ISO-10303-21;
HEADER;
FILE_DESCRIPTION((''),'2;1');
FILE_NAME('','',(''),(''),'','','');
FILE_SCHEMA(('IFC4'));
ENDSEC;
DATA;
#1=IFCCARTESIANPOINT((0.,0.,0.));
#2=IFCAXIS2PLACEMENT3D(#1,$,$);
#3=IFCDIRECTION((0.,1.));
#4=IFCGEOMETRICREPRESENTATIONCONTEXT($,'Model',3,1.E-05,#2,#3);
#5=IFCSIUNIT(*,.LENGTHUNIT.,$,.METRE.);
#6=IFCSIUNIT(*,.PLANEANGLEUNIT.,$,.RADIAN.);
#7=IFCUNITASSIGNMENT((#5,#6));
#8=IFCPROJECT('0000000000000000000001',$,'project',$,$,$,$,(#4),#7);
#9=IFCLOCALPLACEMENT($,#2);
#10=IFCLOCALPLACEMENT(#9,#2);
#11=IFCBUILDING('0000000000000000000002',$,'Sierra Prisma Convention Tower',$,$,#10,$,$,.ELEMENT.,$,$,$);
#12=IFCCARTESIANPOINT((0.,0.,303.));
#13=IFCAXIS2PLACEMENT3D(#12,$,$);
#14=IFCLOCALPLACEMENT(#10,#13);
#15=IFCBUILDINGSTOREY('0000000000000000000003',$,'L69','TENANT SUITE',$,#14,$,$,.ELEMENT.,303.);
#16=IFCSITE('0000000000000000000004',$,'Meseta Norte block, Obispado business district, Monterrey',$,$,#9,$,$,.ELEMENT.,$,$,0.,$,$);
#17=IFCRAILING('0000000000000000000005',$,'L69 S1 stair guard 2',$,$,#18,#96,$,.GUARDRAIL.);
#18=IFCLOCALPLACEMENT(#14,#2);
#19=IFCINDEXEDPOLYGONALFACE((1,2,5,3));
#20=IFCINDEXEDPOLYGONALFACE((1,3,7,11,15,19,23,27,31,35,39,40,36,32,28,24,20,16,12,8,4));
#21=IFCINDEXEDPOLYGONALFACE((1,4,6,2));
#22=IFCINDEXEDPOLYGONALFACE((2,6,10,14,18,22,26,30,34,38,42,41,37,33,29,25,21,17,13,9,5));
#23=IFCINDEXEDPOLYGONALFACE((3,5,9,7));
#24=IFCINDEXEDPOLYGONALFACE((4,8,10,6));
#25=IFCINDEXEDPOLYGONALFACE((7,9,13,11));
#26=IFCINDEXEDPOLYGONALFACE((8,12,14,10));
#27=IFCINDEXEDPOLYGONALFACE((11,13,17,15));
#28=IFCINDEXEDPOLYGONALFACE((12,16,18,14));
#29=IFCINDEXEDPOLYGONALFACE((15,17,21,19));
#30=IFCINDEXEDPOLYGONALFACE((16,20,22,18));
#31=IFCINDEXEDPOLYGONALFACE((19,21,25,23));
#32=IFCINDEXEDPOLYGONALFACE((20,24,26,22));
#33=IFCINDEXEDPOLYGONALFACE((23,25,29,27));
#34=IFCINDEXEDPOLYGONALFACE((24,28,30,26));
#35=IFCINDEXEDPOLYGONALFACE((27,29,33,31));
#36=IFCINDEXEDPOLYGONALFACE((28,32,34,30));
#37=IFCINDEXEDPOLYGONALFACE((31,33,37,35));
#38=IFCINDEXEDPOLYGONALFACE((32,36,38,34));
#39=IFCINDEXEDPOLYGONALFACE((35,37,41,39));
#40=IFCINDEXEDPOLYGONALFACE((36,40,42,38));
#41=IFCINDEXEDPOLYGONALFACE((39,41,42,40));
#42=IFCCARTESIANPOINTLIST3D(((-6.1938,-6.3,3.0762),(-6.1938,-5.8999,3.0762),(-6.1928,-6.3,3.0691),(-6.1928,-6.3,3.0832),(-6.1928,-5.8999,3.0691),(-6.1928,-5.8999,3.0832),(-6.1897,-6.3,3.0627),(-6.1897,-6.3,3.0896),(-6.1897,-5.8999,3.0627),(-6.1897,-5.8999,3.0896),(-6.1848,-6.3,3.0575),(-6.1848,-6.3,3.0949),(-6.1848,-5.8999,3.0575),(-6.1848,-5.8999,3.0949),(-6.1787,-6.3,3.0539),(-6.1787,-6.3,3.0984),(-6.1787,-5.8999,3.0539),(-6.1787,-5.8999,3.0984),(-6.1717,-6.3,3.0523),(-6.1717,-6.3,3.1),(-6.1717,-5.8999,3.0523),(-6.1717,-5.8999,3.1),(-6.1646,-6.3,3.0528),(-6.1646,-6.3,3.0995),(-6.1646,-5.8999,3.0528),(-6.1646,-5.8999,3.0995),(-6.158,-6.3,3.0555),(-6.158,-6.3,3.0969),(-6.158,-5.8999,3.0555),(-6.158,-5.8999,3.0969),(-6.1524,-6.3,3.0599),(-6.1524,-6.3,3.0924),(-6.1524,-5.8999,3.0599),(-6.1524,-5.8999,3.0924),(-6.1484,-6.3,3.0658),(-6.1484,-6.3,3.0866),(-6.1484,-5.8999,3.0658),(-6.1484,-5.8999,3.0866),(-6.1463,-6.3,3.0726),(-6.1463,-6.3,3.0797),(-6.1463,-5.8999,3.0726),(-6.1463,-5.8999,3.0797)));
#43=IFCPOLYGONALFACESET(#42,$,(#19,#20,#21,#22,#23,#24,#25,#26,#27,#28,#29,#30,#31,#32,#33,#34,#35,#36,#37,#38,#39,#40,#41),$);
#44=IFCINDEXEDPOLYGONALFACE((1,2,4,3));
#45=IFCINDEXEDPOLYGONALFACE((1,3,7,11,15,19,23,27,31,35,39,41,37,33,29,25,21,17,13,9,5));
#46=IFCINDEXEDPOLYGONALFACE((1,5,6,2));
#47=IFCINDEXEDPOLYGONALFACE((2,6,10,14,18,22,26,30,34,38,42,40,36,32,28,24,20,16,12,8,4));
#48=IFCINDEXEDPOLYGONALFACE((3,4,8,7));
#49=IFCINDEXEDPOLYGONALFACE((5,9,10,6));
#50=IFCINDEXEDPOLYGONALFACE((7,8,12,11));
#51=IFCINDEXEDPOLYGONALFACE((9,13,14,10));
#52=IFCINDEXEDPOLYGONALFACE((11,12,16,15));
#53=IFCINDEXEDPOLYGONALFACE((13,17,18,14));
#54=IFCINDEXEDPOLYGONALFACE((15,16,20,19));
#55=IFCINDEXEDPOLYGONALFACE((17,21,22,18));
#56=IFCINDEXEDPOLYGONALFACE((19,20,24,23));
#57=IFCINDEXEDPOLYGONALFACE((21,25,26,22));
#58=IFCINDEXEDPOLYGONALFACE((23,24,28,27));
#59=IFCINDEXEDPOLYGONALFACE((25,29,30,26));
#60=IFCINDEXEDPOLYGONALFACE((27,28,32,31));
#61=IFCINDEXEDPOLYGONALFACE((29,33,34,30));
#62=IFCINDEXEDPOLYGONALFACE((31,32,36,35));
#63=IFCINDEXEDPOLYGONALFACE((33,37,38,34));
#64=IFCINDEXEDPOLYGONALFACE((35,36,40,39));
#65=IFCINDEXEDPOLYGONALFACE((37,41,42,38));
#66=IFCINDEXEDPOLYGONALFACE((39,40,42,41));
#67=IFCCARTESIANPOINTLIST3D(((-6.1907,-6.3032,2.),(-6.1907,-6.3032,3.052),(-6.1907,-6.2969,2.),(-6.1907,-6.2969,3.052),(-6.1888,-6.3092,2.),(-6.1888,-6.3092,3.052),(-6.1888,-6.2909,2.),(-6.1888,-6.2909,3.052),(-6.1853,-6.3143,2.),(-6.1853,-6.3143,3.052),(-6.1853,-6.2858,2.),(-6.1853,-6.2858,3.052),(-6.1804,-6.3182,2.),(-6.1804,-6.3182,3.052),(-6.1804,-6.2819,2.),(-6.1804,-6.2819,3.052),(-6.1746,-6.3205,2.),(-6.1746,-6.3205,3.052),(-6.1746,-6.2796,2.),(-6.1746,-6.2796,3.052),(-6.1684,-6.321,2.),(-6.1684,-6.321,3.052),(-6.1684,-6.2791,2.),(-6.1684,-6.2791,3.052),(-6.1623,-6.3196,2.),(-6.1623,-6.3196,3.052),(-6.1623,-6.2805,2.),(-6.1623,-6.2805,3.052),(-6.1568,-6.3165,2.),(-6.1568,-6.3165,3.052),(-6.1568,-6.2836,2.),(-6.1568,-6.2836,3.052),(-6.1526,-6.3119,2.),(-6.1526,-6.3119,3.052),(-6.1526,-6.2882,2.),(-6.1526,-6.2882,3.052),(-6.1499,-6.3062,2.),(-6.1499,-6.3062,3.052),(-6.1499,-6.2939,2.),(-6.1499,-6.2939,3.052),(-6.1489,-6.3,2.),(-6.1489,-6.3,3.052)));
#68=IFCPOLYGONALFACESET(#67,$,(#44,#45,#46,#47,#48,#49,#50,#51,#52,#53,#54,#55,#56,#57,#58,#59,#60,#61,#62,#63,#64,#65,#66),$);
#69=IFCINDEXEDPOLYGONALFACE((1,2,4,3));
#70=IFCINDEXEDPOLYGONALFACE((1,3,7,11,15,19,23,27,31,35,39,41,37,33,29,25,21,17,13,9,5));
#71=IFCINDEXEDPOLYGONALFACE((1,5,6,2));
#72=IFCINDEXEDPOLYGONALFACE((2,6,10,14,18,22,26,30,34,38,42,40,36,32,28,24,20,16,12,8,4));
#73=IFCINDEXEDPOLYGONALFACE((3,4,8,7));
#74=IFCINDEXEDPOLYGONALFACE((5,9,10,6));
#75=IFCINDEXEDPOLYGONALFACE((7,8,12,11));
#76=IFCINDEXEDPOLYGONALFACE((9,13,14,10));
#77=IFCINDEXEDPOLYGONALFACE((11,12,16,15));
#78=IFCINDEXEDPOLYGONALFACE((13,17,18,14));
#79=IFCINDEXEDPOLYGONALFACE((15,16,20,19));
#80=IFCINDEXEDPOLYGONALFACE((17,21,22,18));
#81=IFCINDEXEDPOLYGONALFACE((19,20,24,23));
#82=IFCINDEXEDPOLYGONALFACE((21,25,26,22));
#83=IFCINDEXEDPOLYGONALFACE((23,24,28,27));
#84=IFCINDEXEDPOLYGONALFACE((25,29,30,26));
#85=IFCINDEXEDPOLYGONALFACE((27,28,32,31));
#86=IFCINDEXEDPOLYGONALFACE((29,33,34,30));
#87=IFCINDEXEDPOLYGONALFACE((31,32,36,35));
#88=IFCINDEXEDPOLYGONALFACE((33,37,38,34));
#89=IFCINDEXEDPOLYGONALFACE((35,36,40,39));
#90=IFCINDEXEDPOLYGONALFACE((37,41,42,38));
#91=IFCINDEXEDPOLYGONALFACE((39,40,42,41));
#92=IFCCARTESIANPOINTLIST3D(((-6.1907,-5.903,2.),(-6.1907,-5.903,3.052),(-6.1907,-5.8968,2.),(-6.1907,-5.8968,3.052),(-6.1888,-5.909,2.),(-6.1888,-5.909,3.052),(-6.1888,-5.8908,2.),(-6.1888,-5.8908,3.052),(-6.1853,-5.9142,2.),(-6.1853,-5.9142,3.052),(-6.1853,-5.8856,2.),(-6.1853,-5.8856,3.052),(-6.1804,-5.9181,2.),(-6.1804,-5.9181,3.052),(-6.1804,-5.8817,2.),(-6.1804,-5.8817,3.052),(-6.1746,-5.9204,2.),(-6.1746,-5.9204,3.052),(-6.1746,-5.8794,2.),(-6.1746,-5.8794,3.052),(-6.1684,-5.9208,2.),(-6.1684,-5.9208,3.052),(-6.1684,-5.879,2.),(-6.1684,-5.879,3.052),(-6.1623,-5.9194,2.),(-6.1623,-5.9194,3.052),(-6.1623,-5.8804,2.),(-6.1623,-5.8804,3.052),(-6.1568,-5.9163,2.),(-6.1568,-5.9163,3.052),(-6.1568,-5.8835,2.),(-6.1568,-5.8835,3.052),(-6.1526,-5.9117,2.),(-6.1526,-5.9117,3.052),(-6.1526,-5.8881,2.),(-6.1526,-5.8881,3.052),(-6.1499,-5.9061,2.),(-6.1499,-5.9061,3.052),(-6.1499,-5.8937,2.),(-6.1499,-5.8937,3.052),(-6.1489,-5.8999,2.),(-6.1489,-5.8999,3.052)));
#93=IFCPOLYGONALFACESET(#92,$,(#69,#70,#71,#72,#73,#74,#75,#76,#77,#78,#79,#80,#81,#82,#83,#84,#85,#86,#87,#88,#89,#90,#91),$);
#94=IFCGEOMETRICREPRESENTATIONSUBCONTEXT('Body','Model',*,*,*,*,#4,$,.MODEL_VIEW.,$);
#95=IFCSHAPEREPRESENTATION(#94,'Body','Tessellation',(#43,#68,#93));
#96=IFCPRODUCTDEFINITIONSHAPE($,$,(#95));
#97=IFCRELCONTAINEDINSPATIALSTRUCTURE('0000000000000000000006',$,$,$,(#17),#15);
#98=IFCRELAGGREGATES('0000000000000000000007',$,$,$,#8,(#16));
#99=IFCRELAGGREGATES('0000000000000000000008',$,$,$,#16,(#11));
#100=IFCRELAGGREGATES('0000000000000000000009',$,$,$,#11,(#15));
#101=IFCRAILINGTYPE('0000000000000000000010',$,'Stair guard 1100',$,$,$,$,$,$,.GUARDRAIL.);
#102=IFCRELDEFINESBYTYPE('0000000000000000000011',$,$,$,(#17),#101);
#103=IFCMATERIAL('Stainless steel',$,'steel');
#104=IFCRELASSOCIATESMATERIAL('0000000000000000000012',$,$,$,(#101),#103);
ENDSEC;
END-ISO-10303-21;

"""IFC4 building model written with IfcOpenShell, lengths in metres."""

from ifc_helpers import new_model, si_unit, direction, frame, origin, origin_2d, place, context, subcontext, project, spatial, circle, extrude, material, type_object, element, save


model = new_model("IFC4")

# Units and contexts
model_context = context("Model", 3, precision=1e-05, world=origin(), true_north=direction((0.0, 1.0)))
body_context = subcontext(model_context, "Body", "Model", "MODEL_VIEW")
ifc_project = project(units=[si_unit("LENGTHUNIT", "METRE"), si_unit("PLANEANGLEUNIT", "RADIAN")], contexts=[model_context])

# Site, building, storey
site_placement = place(None, origin())
site = spatial("IfcSite", under=ifc_project, at=site_placement, Name="Meseta Norte block, Obispado business district, Monterrey", CompositionType="ELEMENT", RefElevation=0.0)
building_placement = place(site_placement, origin())
building = spatial("IfcBuilding", under=site, at=building_placement, Name="Sierra Prisma Convention Tower", CompositionType="ELEMENT")
storey_placement = place(building_placement, frame((0.0, 0.0, 303.0)))
storey = spatial("IfcBuildingStorey", under=building, at=storey_placement, Name="L69", Description="TENANT SUITE", CompositionType="ELEMENT", Elevation=303.0)

# Railing
ifc_material_1 = material(Name="Stainless steel", Category="steel")
railing_type_1 = type_object("IfcRailingType", Name="Stair guard 1100", PredefinedType="GUARDRAIL", material=ifc_material_1)
railing_1_placement = place(storey_placement, frame((-6.1699, -6.3, 2.0)))
element("IfcRailing", 1, at=railing_1_placement, inside=storey, type_object=railing_type_1, Name="L69 S1 stair guard 2", PredefinedType="GUARDRAIL", context=body_context, shape_type="SweptSolid", body=[
    extrude(circle(Radius=0.0239, at=origin_2d()), frame((0.0, 0.0, 1.0762), z_axis=(0.0, 1.0, 0.0), x_axis=(-1.0, 0.0, 0.0)), (0.0, 0.0, 1.0), 0.4001),
    extrude(circle(Radius=0.021, at=origin_2d()), origin(), (0.0, 0.0, 1.0), 1.052),
    extrude(circle(Radius=0.021, at=origin_2d()), frame((0.0, 0.4001, 0.0)), (0.0, 0.0, 1.0), 1.052),
])

save(model, "model.ifc")
